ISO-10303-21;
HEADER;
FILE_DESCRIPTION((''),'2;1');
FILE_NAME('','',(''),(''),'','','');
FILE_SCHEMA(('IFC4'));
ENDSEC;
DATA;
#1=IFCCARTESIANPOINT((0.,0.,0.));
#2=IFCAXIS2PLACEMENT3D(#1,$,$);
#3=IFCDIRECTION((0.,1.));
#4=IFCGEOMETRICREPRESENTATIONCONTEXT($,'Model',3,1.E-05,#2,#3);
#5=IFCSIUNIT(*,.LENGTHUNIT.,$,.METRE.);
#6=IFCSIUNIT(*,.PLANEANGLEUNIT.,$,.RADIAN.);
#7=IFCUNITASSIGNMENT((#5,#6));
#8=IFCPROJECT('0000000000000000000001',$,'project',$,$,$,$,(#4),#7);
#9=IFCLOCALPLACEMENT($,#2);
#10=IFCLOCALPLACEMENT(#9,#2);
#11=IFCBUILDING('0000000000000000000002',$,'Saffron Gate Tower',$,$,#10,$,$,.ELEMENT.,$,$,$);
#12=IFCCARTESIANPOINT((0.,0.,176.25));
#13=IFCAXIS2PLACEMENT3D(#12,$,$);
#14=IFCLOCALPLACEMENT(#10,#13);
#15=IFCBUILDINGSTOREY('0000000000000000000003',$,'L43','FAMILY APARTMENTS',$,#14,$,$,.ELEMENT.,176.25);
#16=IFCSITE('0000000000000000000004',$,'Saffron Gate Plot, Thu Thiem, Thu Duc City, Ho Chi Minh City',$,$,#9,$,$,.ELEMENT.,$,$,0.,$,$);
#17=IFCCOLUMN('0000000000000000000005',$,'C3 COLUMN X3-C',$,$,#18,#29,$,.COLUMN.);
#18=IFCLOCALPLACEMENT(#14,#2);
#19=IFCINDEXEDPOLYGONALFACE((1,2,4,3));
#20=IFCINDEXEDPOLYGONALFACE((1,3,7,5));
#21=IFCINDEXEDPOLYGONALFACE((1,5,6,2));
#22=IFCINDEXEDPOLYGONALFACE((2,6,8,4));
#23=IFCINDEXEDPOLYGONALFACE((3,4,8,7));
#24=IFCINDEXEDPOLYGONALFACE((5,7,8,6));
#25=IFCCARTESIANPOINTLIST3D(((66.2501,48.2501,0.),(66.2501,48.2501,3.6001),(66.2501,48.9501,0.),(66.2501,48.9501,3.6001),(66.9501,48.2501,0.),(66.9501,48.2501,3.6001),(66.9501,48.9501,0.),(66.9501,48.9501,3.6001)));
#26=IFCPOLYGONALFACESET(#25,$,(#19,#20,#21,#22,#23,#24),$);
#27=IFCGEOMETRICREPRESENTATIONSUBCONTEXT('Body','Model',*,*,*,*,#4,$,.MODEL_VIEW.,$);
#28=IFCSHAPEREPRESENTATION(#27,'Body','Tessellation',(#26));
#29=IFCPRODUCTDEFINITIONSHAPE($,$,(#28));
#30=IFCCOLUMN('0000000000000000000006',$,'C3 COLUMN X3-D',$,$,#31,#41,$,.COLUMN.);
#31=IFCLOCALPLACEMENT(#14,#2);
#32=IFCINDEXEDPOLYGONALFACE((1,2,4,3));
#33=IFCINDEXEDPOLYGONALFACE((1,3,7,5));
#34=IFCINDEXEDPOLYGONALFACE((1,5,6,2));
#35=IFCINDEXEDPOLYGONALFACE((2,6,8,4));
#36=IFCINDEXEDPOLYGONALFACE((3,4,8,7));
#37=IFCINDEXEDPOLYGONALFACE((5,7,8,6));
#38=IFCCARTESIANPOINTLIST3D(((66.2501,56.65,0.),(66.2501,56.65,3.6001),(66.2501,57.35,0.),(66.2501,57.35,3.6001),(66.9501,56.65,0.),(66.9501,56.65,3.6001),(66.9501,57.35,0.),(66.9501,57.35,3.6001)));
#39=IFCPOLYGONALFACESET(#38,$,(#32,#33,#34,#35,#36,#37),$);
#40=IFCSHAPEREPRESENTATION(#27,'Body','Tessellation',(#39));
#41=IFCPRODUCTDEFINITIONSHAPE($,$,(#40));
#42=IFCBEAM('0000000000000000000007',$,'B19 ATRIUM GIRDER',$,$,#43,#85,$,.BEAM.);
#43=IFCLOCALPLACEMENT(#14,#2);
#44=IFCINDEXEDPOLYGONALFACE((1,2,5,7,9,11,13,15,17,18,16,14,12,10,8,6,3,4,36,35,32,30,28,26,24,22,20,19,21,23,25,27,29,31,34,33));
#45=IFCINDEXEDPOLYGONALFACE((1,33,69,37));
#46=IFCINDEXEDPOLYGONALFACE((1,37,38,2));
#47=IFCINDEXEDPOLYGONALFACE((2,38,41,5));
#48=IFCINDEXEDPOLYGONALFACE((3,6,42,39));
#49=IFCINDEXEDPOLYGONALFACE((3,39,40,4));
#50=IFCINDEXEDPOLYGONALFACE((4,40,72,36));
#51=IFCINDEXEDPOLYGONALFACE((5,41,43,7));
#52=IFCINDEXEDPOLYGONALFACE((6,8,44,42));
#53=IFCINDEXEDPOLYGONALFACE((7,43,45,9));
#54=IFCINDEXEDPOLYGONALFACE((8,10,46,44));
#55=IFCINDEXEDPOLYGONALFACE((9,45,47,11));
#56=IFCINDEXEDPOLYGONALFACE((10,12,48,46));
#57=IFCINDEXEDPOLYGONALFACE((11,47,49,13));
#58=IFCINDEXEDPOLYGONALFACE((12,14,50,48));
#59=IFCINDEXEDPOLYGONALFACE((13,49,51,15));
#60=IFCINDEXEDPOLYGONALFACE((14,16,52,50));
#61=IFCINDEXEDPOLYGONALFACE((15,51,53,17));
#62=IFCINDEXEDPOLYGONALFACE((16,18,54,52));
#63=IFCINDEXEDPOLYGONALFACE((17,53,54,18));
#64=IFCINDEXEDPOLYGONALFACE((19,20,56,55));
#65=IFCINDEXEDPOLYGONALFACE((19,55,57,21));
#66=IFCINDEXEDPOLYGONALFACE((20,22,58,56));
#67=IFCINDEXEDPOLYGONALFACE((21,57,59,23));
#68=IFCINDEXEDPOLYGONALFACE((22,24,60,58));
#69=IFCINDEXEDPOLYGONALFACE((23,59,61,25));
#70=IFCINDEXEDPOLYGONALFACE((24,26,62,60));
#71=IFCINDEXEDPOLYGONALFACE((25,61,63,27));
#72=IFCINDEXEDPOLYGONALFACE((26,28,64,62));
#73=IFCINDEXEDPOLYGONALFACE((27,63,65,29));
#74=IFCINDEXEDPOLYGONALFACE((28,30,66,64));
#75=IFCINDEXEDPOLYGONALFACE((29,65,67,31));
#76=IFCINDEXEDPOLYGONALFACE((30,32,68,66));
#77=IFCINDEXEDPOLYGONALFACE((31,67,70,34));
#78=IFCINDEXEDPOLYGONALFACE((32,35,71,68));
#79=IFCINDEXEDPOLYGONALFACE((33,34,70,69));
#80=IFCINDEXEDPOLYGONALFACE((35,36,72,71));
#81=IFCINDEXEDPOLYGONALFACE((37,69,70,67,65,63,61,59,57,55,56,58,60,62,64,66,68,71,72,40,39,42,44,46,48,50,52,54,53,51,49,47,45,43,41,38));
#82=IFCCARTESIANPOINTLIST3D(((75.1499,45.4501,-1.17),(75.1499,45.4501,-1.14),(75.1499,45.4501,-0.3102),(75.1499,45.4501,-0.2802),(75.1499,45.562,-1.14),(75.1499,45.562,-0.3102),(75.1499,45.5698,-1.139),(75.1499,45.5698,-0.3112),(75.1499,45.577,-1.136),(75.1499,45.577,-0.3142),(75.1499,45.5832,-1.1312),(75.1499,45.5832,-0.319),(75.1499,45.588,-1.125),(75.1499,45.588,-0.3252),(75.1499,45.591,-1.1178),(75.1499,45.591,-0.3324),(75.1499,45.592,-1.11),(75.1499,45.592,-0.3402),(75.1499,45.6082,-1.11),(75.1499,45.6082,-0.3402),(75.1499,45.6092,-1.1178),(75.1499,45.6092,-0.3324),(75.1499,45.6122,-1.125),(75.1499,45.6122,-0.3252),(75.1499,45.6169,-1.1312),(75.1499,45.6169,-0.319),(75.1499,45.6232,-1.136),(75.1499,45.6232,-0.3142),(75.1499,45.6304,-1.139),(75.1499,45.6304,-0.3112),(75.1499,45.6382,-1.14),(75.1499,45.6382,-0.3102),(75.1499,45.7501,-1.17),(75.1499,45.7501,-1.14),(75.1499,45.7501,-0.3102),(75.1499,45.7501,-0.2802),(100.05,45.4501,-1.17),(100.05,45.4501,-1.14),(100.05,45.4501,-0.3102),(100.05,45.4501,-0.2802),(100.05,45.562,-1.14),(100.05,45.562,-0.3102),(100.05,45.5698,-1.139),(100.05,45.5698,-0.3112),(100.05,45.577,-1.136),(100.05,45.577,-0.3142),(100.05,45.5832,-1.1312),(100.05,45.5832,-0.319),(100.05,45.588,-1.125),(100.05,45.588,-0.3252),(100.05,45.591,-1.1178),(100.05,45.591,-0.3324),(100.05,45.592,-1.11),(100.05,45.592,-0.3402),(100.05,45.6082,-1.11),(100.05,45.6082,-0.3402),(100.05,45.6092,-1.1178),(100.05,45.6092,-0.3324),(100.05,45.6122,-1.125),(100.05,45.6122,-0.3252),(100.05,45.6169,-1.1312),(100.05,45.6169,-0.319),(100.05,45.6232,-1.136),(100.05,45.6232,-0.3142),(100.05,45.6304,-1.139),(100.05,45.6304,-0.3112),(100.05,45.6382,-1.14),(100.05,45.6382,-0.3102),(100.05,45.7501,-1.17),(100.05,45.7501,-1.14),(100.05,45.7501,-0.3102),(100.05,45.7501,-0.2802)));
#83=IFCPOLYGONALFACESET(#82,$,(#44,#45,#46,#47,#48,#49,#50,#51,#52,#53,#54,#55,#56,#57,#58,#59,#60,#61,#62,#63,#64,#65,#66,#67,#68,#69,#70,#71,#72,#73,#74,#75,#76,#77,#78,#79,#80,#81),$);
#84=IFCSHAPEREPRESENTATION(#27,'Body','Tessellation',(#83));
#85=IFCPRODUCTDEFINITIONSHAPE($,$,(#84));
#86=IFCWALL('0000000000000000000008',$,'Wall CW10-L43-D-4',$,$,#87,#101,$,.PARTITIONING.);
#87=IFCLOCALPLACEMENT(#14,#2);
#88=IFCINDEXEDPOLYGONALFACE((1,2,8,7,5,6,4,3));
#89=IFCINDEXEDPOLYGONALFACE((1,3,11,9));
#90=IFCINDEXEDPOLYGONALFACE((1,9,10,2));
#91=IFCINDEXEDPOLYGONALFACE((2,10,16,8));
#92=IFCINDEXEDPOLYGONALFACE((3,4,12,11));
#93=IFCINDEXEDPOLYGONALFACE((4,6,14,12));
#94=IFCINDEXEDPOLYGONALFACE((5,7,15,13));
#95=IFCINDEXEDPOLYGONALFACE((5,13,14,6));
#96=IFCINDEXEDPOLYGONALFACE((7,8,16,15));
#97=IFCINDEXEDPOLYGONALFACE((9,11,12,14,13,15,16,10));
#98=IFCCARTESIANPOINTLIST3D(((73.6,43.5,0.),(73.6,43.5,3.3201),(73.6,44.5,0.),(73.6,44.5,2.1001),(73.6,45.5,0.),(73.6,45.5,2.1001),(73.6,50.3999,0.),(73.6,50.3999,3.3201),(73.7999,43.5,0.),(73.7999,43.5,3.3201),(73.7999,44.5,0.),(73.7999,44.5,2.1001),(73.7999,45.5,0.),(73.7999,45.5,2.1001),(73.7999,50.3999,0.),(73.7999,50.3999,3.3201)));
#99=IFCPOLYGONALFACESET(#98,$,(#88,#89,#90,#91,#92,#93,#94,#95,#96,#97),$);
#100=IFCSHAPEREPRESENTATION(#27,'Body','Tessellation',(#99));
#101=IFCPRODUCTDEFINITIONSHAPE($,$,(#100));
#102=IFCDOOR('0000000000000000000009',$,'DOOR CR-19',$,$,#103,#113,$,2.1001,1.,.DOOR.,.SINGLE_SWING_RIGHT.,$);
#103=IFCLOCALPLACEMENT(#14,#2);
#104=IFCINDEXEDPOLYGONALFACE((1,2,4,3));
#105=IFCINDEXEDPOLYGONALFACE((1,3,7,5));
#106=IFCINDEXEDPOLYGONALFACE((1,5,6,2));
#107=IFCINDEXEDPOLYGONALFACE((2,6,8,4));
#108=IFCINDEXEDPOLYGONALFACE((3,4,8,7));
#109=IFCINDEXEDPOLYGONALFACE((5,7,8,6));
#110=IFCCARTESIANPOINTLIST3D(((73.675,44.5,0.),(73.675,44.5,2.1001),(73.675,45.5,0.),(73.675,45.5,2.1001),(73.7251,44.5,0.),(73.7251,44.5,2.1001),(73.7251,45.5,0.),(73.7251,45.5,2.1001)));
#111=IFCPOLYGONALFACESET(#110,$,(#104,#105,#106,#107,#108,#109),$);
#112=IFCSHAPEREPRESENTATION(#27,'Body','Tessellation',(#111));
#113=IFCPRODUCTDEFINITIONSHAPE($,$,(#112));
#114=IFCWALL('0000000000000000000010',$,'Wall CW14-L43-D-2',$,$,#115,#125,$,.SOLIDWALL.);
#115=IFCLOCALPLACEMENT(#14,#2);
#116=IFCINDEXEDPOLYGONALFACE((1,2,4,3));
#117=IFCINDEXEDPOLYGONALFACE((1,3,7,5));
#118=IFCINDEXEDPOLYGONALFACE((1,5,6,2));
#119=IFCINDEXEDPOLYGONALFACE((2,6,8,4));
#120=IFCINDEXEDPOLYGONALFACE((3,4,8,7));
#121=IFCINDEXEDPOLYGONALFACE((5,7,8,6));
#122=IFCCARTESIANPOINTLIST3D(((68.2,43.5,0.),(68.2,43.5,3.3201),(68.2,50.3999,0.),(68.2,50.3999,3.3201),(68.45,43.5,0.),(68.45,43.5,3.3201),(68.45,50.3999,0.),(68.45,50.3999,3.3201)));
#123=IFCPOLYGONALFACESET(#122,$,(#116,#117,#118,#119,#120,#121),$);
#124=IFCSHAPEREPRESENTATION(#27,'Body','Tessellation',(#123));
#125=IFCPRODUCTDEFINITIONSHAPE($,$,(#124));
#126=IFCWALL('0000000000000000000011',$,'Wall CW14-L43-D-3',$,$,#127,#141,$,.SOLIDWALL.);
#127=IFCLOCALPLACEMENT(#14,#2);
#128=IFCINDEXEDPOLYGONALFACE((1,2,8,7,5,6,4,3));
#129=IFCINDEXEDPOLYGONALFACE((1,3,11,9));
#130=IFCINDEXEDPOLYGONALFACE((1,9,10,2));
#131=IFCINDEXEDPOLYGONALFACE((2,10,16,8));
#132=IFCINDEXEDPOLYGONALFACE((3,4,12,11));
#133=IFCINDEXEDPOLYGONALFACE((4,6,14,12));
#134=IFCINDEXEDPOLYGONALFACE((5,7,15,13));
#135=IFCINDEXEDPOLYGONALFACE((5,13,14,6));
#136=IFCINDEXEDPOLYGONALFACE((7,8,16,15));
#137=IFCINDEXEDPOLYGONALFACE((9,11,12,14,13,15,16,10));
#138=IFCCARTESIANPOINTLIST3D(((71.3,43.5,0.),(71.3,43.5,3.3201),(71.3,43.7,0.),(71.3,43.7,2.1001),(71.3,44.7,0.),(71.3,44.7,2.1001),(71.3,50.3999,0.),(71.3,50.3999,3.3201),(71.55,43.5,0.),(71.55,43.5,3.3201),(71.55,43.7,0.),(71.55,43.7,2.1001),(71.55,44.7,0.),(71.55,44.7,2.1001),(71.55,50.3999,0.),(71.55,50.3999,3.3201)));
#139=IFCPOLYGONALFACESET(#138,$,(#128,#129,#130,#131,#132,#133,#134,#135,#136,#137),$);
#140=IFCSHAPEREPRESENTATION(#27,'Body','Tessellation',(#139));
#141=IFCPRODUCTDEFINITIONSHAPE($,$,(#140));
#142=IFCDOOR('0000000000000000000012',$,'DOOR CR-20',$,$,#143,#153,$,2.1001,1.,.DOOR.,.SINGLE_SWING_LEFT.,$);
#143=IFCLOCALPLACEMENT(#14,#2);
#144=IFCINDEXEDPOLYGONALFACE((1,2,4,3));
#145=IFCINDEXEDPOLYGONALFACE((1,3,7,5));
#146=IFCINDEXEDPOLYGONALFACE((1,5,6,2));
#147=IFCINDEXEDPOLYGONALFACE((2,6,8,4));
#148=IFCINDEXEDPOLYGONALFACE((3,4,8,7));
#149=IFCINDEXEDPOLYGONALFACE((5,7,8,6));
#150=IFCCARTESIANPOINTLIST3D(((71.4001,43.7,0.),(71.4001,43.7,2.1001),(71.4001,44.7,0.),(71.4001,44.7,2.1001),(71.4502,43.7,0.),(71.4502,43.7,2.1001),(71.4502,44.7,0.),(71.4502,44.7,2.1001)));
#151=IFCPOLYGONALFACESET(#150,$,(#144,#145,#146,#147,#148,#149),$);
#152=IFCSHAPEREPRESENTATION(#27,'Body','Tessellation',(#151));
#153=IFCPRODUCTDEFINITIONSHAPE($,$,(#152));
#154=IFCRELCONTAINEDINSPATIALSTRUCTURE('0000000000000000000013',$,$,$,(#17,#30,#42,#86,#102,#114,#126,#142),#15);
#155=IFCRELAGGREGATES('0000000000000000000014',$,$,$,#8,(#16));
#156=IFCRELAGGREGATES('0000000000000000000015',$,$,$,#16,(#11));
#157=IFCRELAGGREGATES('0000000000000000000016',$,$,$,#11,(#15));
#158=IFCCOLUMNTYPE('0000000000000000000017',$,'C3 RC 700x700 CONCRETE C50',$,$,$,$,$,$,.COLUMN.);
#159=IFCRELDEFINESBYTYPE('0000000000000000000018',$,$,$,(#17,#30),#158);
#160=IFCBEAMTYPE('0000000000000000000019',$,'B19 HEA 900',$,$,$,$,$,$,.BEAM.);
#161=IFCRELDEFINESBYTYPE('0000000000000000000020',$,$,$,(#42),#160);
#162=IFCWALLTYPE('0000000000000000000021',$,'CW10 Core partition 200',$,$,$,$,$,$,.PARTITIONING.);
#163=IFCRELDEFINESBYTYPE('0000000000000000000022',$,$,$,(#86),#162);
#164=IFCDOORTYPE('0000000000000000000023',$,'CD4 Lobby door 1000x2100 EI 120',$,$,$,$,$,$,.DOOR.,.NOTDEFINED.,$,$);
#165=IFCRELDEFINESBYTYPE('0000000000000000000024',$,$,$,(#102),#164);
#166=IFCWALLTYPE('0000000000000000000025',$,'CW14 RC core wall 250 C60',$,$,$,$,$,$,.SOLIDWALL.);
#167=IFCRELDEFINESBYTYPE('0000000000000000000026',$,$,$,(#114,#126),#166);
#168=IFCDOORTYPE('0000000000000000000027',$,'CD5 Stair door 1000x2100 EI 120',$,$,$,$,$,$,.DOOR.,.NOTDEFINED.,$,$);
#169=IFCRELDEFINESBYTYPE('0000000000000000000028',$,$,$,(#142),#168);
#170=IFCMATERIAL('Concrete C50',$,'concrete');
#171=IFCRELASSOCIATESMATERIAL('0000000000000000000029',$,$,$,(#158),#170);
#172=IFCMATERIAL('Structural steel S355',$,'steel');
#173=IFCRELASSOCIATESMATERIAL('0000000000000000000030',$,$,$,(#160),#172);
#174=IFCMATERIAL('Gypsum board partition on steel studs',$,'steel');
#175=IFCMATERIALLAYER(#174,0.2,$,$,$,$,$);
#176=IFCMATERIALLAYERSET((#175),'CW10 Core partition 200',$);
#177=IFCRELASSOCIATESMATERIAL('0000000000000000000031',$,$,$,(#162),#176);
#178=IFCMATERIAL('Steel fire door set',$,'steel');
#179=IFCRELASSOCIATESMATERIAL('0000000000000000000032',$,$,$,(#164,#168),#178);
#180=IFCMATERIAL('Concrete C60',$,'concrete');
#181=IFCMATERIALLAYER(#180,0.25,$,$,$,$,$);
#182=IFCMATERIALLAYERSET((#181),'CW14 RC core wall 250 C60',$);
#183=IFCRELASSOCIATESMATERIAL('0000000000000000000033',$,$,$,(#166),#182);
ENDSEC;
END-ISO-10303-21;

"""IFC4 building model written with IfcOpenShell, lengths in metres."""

from ifc_helpers import new_model, si_unit, direction, frame, frame_2d, origin, origin_2d, place, context, subcontext, project, spatial, rectangle, i_section, extrude, material, layer, layer_set, material_profile, profile_set, type_object, element, fill, save


model = new_model("IFC4")

# Units and contexts
model_context = context("Model", 3, precision=1e-05, world=origin(), true_north=direction((0.0, 1.0)))
body_context = subcontext(model_context, "Body", "Model", "MODEL_VIEW")
ifc_project = project(units=[si_unit("LENGTHUNIT", "METRE"), si_unit("PLANEANGLEUNIT", "RADIAN")], contexts=[model_context])

# Site, building, storey
site_placement = place(None, origin())
site = spatial("IfcSite", under=ifc_project, at=site_placement, Name="Saffron Gate Plot, Thu Thiem, Thu Duc City, Ho Chi Minh City", CompositionType="ELEMENT", RefElevation=0.0)
building_placement = place(site_placement, origin())
building = spatial("IfcBuilding", under=site, at=building_placement, Name="Saffron Gate Tower", CompositionType="ELEMENT")
storey_placement = place(building_placement, frame((0.0, 0.0, 176.25)))
storey = spatial("IfcBuildingStorey", under=building, at=storey_placement, Name="L43", Description="FAMILY APARTMENTS", CompositionType="ELEMENT", Elevation=176.25)

# Columns
ifc_material_1 = material(Name="Concrete C50", Category="concrete")
ifc_material_profile_1 = material_profile(ifc_material_1, rectangle(XDim=0.7, YDim=0.7, at=origin_2d()))
ifc_profile_set_1 = profile_set([ifc_material_profile_1], Name="Concrete C50")
column_type = type_object("IfcColumnType", Name="C3 RC 700x700 CONCRETE C50", PredefinedType="COLUMN", material=ifc_profile_set_1)
for number, where, z_axis, x_axis, name in (
    (1, (66.6001, 48.6001, 0.0), (0.0, 0.0, 1.0), (1.0, 0.0, 0.0), "C3 COLUMN X3-C"),
    (2, (66.6001, 57.0, 0.0), (0.0, 0.0, 1.0), (1.0, 0.0, 0.0), "C3 COLUMN X3-D"),
):
    element("IfcColumn", number, at=place(storey_placement, frame(where, z_axis=z_axis, x_axis=x_axis)), inside=storey, type_object=column_type, Name=name, PredefinedType="COLUMN", context=body_context, shape_type="SweptSolid", body=[
        extrude(rectangle(XDim=0.7, YDim=0.7, at=origin_2d()), origin(), (0.0, 0.0, 1.0), 3.6001),
    ])

# Beam
ifc_material_2 = material(Name="Structural steel S355", Category="steel")
ifc_material_profile_2 = material_profile(ifc_material_2, i_section(OverallWidth=0.3, OverallDepth=0.8899, WebThickness=0.0161, FlangeThickness=0.03, FilletRadius=0.03, at=origin_2d()))
ifc_profile_set_2 = profile_set([ifc_material_profile_2], Name="Structural steel S355")
beam_type = type_object("IfcBeamType", Name="B19 HEA 900", PredefinedType="BEAM", material=ifc_profile_set_2)
beam_placement = place(storey_placement, frame((75.1499, 45.6001, -0.7251), z_axis=(1.0, 0.0, 0.0), x_axis=(0.0, 1.0, 0.0)))
element("IfcBeam", 3, at=beam_placement, inside=storey, type_object=beam_type, Name="B19 ATRIUM GIRDER", PredefinedType="BEAM", context=body_context, shape_type="SweptSolid", body=[
    extrude(i_section(OverallWidth=0.3, OverallDepth=0.8899, WebThickness=0.0161, FlangeThickness=0.03, FilletRadius=0.03, at=origin_2d()), origin(), (0.0, 0.0, 1.0), 24.9001),
])

# Wall, opening, door
ifc_material_3 = material(Name="Gypsum board partition on steel studs", Category="steel")
ifc_layer_1 = layer(ifc_material_3, 0.2)
ifc_layer_set_1 = layer_set([ifc_layer_1], Name="CW10 Core partition 200")
wall_type_1 = type_object("IfcWallType", Name="CW10 Core partition 200", PredefinedType="PARTITIONING", material=ifc_layer_set_1)
wall_1_placement = place(storey_placement, frame((73.7, 43.5, 0.0), z_axis=(0.0, 0.0, 1.0), x_axis=(0.0, 1.0, 0.0)))
wall_1 = element("IfcWall", 4, at=wall_1_placement, inside=storey, type_object=wall_type_1, Name="Wall CW10-L43-D-4", PredefinedType="PARTITIONING", context=body_context, shape_type="SweptSolid", body=[
    extrude(rectangle(XDim=6.8999, YDim=0.2, at=frame_2d((3.45, 0.0))), origin(), (0.0, 0.0, 1.0), 3.3201),
])
opening_1_placement = place(wall_1_placement, frame((1.0, 0.0, 0.0)))
opening_1 = element("IfcOpeningElement", 5, at=opening_1_placement, cuts=wall_1, PredefinedType="OPENING", context=body_context, shape_type="SweptSolid", body=[
    extrude(rectangle(XDim=1.0, YDim=2.1001, at=frame_2d((0.5, 1.05))), frame((0.0, 0.1099, 0.0), z_axis=(0.0, -1.0, 0.0), x_axis=(1.0, 0.0, 0.0)), (0.0, 0.0, 1.0), 0.22),
])
ifc_material_4 = material(Name="Steel fire door set", Category="steel")
door_type_1 = type_object("IfcDoorType", Name="CD4 Lobby door 1000x2100 EI 120", OperationType="NOTDEFINED", PredefinedType="DOOR", material=ifc_material_4)
door_1_placement = place(opening_1_placement, origin())
door_1 = element("IfcDoor", 6, at=door_1_placement, inside=storey, type_object=door_type_1, Name="DOOR CR-19", OperationType="SINGLE_SWING_RIGHT", OverallHeight=2.1001, OverallWidth=1.0, PredefinedType="DOOR", context=body_context, shape_type="SweptSolid", body=[
    extrude(rectangle(XDim=1.0, YDim=2.1001, at=frame_2d((0.5, 1.05))), frame((0.0, 0.0249, 0.0), z_axis=(0.0, -1.0, 0.0), x_axis=(1.0, 0.0, 0.0)), (0.0, 0.0, 1.0), 0.05),
])
fill(opening_1, door_1)

# Wall
ifc_material_5 = material(Name="Concrete C60", Category="concrete")
ifc_layer_2 = layer(ifc_material_5, 0.25)
ifc_layer_set_2 = layer_set([ifc_layer_2], Name="CW14 RC core wall 250 C60")
wall_type_2 = type_object("IfcWallType", Name="CW14 RC core wall 250 C60", PredefinedType="SOLIDWALL", material=ifc_layer_set_2)
wall_2_placement = place(storey_placement, frame((68.325, 43.5, 0.0), z_axis=(0.0, 0.0, 1.0), x_axis=(0.0, 1.0, 0.0)))
element("IfcWall", 7, at=wall_2_placement, inside=storey, type_object=wall_type_2, Name="Wall CW14-L43-D-2", PredefinedType="SOLIDWALL", context=body_context, shape_type="SweptSolid", body=[
    extrude(rectangle(XDim=6.8999, YDim=0.25, at=frame_2d((3.45, 0.0))), origin(), (0.0, 0.0, 1.0), 3.3201),
])

# Wall, opening, door
wall_3_placement = place(storey_placement, frame((71.425, 43.5, 0.0), z_axis=(0.0, 0.0, 1.0), x_axis=(0.0, 1.0, 0.0)))
wall_3 = element("IfcWall", 8, at=wall_3_placement, inside=storey, type_object=wall_type_2, Name="Wall CW14-L43-D-3", PredefinedType="SOLIDWALL", context=body_context, shape_type="SweptSolid", body=[
    extrude(rectangle(XDim=6.8999, YDim=0.25, at=frame_2d((3.45, 0.0))), origin(), (0.0, 0.0, 1.0), 3.3201),
])
opening_2_placement = place(wall_3_placement, frame((0.2, 0.0, 0.0)))
opening_2 = element("IfcOpeningElement", 9, at=opening_2_placement, cuts=wall_3, PredefinedType="OPENING", context=body_context, shape_type="SweptSolid", body=[
    extrude(rectangle(XDim=1.0, YDim=2.1001, at=frame_2d((0.5, 1.05))), frame((0.0, 0.135, 0.0), z_axis=(0.0, -1.0, 0.0), x_axis=(1.0, 0.0, 0.0)), (0.0, 0.0, 1.0), 0.27),
])
door_type_2 = type_object("IfcDoorType", Name="CD5 Stair door 1000x2100 EI 120", OperationType="NOTDEFINED", PredefinedType="DOOR", material=ifc_material_4)
door_2_placement = place(opening_2_placement, origin())
door_2 = element("IfcDoor", 10, at=door_2_placement, inside=storey, type_object=door_type_2, Name="DOOR CR-20", OperationType="SINGLE_SWING_LEFT", OverallHeight=2.1001, OverallWidth=1.0, PredefinedType="DOOR", context=body_context, shape_type="SweptSolid", body=[
    extrude(rectangle(XDim=1.0, YDim=2.1001, at=frame_2d((0.5, 1.05))), frame((0.0, 0.0249, 0.0), z_axis=(0.0, -1.0, 0.0), x_axis=(1.0, 0.0, 0.0)), (0.0, 0.0, 1.0), 0.05),
])
fill(opening_2, door_2)

save(model, "model.ifc")
